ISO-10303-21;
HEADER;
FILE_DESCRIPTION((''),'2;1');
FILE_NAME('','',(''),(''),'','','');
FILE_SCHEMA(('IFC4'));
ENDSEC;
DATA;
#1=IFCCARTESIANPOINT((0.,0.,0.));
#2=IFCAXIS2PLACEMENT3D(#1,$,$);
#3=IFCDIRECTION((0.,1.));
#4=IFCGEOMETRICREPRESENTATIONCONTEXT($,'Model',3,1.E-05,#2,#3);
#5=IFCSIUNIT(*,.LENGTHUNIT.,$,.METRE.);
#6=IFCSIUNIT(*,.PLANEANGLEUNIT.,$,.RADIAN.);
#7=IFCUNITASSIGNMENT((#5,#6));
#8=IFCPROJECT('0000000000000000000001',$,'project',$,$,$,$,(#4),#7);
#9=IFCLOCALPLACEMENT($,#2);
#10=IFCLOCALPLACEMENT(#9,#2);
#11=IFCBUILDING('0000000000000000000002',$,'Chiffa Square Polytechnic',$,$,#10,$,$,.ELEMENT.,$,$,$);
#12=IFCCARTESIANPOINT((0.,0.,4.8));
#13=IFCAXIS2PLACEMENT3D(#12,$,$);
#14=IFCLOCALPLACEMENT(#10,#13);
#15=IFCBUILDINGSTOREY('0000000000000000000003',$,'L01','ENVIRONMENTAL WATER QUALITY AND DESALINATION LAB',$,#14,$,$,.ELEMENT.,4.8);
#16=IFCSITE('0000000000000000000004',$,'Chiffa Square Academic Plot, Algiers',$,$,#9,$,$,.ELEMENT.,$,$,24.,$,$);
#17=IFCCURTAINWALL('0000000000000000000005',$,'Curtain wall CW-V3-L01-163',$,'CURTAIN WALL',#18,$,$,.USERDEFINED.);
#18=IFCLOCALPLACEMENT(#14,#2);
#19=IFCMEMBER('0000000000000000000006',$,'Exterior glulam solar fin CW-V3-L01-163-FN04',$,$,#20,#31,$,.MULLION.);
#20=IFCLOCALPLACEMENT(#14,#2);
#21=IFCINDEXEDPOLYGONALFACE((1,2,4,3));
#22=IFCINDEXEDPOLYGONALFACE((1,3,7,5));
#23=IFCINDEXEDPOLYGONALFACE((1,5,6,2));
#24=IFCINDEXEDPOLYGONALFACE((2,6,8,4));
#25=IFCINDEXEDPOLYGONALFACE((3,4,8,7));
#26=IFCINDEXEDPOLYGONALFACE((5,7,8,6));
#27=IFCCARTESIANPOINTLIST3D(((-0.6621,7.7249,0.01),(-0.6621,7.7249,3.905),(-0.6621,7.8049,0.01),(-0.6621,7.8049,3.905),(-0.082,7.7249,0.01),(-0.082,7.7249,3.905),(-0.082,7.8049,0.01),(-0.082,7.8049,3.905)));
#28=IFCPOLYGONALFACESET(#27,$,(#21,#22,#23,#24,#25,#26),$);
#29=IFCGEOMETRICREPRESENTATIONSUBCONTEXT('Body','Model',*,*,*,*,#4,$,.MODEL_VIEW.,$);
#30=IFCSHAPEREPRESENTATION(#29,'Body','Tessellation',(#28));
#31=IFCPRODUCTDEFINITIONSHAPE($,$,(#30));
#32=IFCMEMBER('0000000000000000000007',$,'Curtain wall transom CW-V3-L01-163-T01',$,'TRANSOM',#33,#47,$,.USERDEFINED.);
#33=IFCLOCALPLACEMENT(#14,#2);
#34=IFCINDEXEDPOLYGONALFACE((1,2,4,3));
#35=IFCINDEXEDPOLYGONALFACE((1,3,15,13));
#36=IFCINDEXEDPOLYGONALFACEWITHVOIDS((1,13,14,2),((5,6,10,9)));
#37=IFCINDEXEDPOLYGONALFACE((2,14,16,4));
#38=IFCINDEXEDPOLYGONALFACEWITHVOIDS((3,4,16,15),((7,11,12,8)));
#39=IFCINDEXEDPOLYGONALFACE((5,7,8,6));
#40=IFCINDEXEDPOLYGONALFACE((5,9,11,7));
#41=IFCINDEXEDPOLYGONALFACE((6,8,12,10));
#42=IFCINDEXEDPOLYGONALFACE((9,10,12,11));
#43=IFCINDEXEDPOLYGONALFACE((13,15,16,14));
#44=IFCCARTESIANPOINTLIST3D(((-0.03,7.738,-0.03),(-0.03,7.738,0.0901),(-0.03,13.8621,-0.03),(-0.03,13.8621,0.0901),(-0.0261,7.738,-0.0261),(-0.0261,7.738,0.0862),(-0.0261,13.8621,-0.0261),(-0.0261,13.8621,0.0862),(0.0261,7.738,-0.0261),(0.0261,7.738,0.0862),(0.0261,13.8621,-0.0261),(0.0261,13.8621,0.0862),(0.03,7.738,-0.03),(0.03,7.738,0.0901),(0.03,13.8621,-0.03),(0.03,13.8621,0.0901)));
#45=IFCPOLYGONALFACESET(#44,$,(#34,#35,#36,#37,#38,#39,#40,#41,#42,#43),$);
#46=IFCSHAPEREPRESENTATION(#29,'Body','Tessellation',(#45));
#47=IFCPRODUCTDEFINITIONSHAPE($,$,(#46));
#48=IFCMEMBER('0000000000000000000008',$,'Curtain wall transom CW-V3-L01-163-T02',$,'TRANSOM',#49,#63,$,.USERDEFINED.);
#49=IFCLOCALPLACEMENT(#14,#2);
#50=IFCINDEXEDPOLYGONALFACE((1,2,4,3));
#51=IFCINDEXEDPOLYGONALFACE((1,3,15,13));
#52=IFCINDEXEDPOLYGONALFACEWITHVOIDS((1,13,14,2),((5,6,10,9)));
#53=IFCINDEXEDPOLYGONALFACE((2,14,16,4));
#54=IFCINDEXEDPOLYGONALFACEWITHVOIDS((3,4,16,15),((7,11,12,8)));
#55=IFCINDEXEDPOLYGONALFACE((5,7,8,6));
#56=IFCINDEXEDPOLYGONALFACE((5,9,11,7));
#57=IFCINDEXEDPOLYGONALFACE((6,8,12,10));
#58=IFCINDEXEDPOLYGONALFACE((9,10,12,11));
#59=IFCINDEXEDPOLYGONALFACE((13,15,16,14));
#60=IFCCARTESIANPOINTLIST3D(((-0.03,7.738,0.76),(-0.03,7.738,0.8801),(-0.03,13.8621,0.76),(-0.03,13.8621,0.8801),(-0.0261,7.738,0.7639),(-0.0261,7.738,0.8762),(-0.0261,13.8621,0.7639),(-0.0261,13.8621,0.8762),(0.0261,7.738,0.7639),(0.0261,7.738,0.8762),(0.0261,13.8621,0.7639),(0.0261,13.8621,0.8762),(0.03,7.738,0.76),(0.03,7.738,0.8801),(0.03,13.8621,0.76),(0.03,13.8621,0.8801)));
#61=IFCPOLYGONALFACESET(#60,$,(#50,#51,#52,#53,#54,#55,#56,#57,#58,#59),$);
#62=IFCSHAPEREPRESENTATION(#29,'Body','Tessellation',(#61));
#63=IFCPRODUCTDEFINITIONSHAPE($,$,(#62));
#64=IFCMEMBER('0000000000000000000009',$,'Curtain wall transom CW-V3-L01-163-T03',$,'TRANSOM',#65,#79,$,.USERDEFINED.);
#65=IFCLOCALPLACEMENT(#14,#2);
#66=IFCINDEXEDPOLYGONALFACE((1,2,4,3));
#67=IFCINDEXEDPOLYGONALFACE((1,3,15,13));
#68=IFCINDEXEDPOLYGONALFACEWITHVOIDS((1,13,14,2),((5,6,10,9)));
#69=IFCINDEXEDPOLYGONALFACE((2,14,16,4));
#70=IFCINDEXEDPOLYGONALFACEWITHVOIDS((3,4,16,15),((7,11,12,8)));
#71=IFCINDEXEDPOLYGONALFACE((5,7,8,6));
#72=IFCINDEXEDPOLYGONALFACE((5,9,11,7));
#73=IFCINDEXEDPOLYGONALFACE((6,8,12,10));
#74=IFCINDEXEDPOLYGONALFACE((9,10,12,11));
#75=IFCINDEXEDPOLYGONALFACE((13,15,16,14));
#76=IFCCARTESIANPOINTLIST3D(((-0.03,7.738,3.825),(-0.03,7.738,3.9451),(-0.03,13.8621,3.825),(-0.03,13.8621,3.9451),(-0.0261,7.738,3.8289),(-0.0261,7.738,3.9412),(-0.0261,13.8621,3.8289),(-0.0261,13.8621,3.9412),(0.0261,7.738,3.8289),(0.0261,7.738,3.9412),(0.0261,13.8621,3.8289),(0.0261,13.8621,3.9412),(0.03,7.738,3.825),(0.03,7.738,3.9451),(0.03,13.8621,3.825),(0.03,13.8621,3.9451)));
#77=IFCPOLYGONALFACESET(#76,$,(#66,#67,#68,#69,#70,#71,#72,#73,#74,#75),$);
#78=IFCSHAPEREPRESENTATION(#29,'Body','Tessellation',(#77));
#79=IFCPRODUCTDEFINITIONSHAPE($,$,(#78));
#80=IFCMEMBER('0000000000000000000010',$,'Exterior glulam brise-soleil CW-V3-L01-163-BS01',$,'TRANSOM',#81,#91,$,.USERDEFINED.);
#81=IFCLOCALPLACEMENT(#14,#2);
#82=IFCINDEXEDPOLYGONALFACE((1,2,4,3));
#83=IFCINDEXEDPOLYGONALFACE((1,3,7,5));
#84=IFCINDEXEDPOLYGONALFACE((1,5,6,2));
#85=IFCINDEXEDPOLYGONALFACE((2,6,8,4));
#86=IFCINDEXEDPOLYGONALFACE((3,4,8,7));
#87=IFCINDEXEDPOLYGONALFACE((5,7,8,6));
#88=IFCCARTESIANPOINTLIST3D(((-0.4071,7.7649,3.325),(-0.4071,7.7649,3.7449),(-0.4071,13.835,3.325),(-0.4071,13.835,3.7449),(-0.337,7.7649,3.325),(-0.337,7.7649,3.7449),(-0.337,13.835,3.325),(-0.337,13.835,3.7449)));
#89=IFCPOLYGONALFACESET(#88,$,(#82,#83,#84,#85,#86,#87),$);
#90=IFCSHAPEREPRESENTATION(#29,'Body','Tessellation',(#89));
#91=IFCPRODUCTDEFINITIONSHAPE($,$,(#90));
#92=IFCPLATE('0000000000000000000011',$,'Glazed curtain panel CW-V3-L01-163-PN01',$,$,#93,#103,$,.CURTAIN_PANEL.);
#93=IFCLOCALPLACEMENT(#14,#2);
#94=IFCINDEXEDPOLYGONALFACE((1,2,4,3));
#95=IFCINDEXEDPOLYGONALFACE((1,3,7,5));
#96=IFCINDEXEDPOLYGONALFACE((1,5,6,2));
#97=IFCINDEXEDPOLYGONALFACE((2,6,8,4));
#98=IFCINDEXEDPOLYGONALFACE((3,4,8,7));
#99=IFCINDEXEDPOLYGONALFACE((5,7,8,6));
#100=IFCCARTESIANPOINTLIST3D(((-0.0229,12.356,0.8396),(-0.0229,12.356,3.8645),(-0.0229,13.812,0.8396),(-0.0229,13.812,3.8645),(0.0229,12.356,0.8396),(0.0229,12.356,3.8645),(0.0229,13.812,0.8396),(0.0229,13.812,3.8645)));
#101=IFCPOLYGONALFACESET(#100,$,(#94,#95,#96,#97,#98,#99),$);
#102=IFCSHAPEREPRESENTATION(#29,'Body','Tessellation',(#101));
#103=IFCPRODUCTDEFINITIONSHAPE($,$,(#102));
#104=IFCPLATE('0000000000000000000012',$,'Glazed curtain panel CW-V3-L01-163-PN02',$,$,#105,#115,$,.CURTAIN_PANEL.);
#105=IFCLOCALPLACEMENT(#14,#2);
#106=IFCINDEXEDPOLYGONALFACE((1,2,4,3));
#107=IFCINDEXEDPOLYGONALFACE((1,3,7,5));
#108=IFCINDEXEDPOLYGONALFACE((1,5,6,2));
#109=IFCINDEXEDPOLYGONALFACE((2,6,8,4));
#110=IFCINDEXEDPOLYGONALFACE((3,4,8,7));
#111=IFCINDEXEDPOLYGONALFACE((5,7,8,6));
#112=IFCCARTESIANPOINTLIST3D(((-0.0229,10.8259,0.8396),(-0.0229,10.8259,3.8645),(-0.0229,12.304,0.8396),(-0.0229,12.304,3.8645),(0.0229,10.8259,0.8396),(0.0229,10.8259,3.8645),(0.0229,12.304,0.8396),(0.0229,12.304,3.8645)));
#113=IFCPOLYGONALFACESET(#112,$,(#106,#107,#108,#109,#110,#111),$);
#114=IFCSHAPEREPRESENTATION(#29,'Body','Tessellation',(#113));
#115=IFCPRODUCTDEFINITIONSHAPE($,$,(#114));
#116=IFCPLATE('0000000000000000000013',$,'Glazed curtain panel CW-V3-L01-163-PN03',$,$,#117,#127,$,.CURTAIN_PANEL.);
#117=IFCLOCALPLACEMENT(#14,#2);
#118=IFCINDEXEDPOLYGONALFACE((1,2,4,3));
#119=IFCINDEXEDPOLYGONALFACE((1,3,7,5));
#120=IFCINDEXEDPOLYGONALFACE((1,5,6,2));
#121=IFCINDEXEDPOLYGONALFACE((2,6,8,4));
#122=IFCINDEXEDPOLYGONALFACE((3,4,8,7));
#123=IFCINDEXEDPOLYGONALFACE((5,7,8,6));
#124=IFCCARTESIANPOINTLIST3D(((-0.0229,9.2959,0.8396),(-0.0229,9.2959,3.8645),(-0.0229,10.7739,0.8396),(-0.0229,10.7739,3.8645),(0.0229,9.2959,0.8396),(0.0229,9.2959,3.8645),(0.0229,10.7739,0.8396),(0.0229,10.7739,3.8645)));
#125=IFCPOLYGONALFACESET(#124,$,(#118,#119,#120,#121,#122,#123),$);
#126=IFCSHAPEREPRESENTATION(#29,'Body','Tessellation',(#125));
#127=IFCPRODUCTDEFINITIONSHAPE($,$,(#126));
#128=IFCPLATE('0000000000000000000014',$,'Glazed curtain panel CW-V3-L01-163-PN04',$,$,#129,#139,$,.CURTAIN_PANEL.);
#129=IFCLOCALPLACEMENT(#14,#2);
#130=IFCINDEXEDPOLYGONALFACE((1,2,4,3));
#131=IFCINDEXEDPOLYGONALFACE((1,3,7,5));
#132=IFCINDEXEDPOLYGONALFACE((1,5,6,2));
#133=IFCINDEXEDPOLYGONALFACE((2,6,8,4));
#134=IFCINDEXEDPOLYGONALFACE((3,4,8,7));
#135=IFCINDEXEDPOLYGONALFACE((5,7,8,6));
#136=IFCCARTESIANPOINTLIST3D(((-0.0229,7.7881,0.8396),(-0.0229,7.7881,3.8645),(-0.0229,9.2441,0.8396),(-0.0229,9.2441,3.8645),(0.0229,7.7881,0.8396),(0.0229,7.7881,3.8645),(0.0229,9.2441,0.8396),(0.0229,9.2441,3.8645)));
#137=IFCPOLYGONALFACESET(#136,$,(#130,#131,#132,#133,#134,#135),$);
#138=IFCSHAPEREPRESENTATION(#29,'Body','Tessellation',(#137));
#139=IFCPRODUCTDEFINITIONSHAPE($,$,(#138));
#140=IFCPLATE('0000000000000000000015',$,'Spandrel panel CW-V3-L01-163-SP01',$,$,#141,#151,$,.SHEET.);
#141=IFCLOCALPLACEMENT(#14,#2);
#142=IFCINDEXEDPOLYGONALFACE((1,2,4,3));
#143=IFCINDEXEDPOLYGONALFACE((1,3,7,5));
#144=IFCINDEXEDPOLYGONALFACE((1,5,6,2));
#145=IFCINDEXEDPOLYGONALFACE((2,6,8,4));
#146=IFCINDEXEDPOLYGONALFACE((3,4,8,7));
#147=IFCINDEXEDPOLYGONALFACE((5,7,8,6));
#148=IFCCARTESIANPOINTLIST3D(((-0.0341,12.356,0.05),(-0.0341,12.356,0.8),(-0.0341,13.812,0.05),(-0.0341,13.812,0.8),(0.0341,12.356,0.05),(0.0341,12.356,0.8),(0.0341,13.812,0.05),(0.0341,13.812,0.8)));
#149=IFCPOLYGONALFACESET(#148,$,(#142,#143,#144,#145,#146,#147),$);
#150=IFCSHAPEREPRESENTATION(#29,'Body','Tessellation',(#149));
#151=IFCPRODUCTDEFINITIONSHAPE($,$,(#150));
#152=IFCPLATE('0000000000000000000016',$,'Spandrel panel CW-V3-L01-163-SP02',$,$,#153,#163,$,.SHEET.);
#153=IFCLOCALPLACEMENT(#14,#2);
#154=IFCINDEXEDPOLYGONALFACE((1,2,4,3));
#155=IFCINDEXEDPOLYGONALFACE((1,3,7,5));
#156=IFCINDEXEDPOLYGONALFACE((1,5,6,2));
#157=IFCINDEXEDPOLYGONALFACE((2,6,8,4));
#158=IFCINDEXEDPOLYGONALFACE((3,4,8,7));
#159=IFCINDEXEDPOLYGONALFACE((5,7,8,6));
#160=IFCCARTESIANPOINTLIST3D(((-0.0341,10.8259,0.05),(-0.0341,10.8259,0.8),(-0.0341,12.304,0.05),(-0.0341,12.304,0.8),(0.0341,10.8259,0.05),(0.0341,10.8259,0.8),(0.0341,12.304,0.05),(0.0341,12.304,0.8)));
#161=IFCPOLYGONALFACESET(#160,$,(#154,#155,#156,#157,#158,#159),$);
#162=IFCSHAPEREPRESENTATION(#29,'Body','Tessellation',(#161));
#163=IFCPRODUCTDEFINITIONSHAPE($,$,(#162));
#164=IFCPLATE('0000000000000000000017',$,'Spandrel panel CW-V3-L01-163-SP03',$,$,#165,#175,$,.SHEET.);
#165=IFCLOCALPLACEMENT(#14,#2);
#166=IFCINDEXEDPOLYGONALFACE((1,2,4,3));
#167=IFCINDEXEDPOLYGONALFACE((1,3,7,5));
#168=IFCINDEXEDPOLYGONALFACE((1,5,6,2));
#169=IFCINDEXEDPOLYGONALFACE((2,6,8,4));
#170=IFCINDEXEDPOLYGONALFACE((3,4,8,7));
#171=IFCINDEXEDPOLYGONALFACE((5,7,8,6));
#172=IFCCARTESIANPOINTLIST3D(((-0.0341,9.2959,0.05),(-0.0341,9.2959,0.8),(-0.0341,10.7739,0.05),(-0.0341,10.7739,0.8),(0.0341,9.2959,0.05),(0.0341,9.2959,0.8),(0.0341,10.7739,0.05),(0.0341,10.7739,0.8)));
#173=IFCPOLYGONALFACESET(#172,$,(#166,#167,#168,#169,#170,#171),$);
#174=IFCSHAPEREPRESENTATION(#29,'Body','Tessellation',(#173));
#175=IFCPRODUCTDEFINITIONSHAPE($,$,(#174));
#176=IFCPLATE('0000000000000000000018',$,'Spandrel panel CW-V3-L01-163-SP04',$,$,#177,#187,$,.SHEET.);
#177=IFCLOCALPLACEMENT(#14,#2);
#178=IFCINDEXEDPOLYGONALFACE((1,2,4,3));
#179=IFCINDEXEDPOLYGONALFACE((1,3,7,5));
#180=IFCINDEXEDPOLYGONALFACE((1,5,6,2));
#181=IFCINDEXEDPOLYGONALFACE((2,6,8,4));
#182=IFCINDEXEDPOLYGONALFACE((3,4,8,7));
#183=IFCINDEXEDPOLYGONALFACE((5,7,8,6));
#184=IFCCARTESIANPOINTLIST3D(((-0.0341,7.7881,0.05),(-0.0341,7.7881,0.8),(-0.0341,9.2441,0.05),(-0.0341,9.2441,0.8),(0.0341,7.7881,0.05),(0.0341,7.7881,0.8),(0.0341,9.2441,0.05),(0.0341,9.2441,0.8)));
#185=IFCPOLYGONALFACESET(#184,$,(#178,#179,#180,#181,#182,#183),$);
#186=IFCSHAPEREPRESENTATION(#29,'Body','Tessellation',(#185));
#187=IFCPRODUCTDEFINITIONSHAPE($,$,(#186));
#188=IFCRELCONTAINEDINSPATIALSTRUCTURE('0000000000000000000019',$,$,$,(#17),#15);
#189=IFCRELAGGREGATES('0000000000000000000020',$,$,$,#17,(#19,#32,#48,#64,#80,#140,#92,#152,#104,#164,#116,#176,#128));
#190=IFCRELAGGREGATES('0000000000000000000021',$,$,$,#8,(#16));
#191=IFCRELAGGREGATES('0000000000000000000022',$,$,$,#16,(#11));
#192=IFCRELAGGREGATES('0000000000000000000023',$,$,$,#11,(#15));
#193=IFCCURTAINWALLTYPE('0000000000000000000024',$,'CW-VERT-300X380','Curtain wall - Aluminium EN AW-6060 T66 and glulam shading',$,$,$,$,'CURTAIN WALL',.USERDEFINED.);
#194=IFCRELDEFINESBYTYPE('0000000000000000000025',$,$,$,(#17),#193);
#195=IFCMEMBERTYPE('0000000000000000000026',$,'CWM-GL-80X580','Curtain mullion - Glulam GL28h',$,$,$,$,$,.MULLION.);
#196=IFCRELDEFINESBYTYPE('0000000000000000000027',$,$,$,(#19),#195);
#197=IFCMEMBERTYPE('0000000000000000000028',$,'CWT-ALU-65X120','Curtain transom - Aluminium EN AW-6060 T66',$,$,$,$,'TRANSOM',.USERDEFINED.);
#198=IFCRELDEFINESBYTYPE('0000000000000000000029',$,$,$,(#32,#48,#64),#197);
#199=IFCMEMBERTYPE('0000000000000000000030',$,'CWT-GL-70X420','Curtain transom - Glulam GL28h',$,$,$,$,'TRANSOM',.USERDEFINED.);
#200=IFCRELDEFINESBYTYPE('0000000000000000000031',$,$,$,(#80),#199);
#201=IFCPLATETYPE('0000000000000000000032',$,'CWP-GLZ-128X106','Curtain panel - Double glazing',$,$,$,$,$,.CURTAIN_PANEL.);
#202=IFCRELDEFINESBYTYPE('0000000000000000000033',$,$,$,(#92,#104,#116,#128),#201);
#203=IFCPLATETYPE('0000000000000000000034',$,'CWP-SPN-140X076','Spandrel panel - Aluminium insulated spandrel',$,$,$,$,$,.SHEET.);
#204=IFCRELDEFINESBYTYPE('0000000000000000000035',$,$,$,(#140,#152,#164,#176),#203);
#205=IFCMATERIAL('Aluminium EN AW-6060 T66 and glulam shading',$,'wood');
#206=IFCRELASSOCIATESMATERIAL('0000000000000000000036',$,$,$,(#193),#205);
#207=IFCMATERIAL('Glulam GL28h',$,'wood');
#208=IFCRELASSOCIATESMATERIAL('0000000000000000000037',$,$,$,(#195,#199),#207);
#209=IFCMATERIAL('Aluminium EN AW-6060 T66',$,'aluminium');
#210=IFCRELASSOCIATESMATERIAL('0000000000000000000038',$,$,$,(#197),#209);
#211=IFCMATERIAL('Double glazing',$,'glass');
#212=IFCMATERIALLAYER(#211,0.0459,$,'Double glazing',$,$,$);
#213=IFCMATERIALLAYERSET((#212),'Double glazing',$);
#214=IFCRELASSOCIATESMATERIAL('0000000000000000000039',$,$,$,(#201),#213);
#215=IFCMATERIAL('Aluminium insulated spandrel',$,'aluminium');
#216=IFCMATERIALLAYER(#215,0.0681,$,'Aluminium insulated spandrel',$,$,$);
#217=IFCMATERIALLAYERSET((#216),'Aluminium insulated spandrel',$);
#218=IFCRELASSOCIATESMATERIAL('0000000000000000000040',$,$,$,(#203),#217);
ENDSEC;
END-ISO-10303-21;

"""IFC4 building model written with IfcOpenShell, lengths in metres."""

from ifc_helpers import new_model, si_unit, direction, frame, origin, origin_2d, place, context, subcontext, project, spatial, rectangle, hollow_rectangle, extrude, material, layer, layer_set, material_profile, profile_set, type_object, element, aggregate, save


model = new_model("IFC4")

# Units and contexts
model_context = context("Model", 3, precision=1e-05, world=origin(), true_north=direction((0.0, 1.0)))
body_context = subcontext(model_context, "Body", "Model", "MODEL_VIEW")
ifc_project = project(units=[si_unit("LENGTHUNIT", "METRE"), si_unit("PLANEANGLEUNIT", "RADIAN")], contexts=[model_context])

# Site, building, storey
site_placement = place(None, origin())
site = spatial("IfcSite", under=ifc_project, at=site_placement, Name="Chiffa Square Academic Plot, Algiers", CompositionType="ELEMENT", RefElevation=24.0)
building_placement = place(site_placement, origin())
building = spatial("IfcBuilding", under=site, at=building_placement, Name="Chiffa Square Polytechnic", CompositionType="ELEMENT")
storey_placement = place(building_placement, frame((0.0, 0.0, 4.8)))
storey = spatial("IfcBuildingStorey", under=building, at=storey_placement, Name="L01", Description="ENVIRONMENTAL WATER QUALITY AND DESALINATION LAB", CompositionType="ELEMENT", Elevation=4.8)

# Curtain wall, members, plates
ifc_material_1 = material(Name="Aluminium EN AW-6060 T66 and glulam shading", Category="wood")
curtain_wall_type = type_object("IfcCurtainWallType", Name="CW-VERT-300X380", Description="Curtain wall - Aluminium EN AW-6060 T66 and glulam shading", ElementType="CURTAIN WALL", PredefinedType="USERDEFINED", material=ifc_material_1)
curtain_wall_placement = place(storey_placement, origin())
curtain_wall = element("IfcCurtainWall", 1, at=curtain_wall_placement, inside=storey, type_object=curtain_wall_type, Name="Curtain wall CW-V3-L01-163", ObjectType="CURTAIN WALL", PredefinedType="USERDEFINED")
ifc_material_2 = material(Name="Aluminium EN AW-6060 T66", Category="aluminium")
ifc_material_3 = material(Name="Glulam GL28h", Category="wood")
ifc_material_profile_1 = material_profile(ifc_material_3, rectangle(XDim=0.0801, YDim=0.5801, at=origin_2d()), Name="GL28h 80x580")
ifc_profile_set_1 = profile_set([ifc_material_profile_1], Name="Glulam GL28h")
member_type_1 = type_object("IfcMemberType", Name="CWM-GL-80X580", Description="Curtain mullion - Glulam GL28h", PredefinedType="MULLION", material=ifc_profile_set_1)
member_1_placement = place(storey_placement, frame((-0.3721, 7.7649, 0.01), z_axis=(0.0, 0.0, 1.0), x_axis=(0.0, -1.0, 0.0)))
member_1 = element("IfcMember", 2, at=member_1_placement, type_object=member_type_1, Name="Exterior glulam solar fin CW-V3-L01-163-FN04", PredefinedType="MULLION", context=body_context, shape_type="SweptSolid", body=[
    extrude(rectangle(XDim=0.0801, YDim=0.5801, at=origin_2d()), origin(), (0.0, 0.0, 1.0), 3.895),
])
ifc_material_profile_2 = material_profile(ifc_material_2, hollow_rectangle(XDim=0.0601, YDim=0.1201, WallThickness=0.0039, at=origin_2d()), Name="ALU 60x120x4")
ifc_profile_set_2 = profile_set([ifc_material_profile_2], Name="Aluminium EN AW-6060 T66")
member_type_2 = type_object("IfcMemberType", Name="CWT-ALU-65X120", Description="Curtain transom - Aluminium EN AW-6060 T66", ElementType="TRANSOM", PredefinedType="USERDEFINED", material=ifc_profile_set_2)
member_2_placement = place(storey_placement, frame((0.0, 13.8621, 0.03), z_axis=(0.0, -1.0, 0.0), x_axis=(1.0, 0.0, 0.0)))
member_2 = element("IfcMember", 3, at=member_2_placement, type_object=member_type_2, Name="Curtain wall transom CW-V3-L01-163-T01", ObjectType="TRANSOM", PredefinedType="USERDEFINED", context=body_context, shape_type="SweptSolid", body=[
    extrude(hollow_rectangle(XDim=0.0601, YDim=0.1201, WallThickness=0.0039, at=origin_2d()), origin(), (0.0, 0.0, 1.0), 6.124),
])
member_3_placement = place(storey_placement, frame((0.0, 13.8621, 0.8201), z_axis=(0.0, -1.0, 0.0), x_axis=(1.0, 0.0, 0.0)))
member_3 = element("IfcMember", 4, at=member_3_placement, type_object=member_type_2, Name="Curtain wall transom CW-V3-L01-163-T02", ObjectType="TRANSOM", PredefinedType="USERDEFINED", context=body_context, shape_type="SweptSolid", body=[
    extrude(hollow_rectangle(XDim=0.0601, YDim=0.1201, WallThickness=0.0039, at=origin_2d()), origin(), (0.0, 0.0, 1.0), 6.124),
])
member_4_placement = place(storey_placement, frame((0.0, 13.8621, 3.885), z_axis=(0.0, -1.0, 0.0), x_axis=(1.0, 0.0, 0.0)))
member_4 = element("IfcMember", 5, at=member_4_placement, type_object=member_type_2, Name="Curtain wall transom CW-V3-L01-163-T03", ObjectType="TRANSOM", PredefinedType="USERDEFINED", context=body_context, shape_type="SweptSolid", body=[
    extrude(hollow_rectangle(XDim=0.0601, YDim=0.1201, WallThickness=0.0039, at=origin_2d()), origin(), (0.0, 0.0, 1.0), 6.124),
])
ifc_material_profile_3 = material_profile(ifc_material_3, rectangle(XDim=0.0701, YDim=0.4199, at=origin_2d()), Name="GL28h 70x420")
ifc_profile_set_3 = profile_set([ifc_material_profile_3], Name="Glulam GL28h")
member_type_3 = type_object("IfcMemberType", Name="CWT-GL-70X420", Description="Curtain transom - Glulam GL28h", ElementType="TRANSOM", PredefinedType="USERDEFINED", material=ifc_profile_set_3)
member_5_placement = place(storey_placement, frame((-0.3721, 13.835, 3.5349), z_axis=(0.0, -1.0, 0.0), x_axis=(1.0, 0.0, 0.0)))
member_5 = element("IfcMember", 6, at=member_5_placement, type_object=member_type_3, Name="Exterior glulam brise-soleil CW-V3-L01-163-BS01", ObjectType="TRANSOM", PredefinedType="USERDEFINED", context=body_context, shape_type="SweptSolid", body=[
    extrude(rectangle(XDim=0.0701, YDim=0.4199, at=origin_2d()), origin(), (0.0, 0.0, 1.0), 6.0701),
])
ifc_material_4 = material(Name="Double glazing", Category="glass")
ifc_layer_1 = layer(ifc_material_4, 0.0459, Name="Double glazing")
ifc_layer_set_1 = layer_set([ifc_layer_1], Name="Double glazing")
plate_type_1 = type_object("IfcPlateType", Name="CWP-GLZ-128X106", Description="Curtain panel - Double glazing", PredefinedType="CURTAIN_PANEL", material=ifc_layer_set_1)
plate_1_placement = place(storey_placement, frame((0.0, 13.084, 0.8396), z_axis=(0.0, 0.0, 1.0), x_axis=(0.0, -1.0, 0.0)))
plate_1 = element("IfcPlate", 7, at=plate_1_placement, type_object=plate_type_1, Name="Glazed curtain panel CW-V3-L01-163-PN01", PredefinedType="CURTAIN_PANEL", context=body_context, shape_type="SweptSolid", body=[
    extrude(rectangle(XDim=1.4561, YDim=0.0459, at=origin_2d()), origin(), (0.0, 0.0, 1.0), 3.0249),
])
plate_2_placement = place(storey_placement, frame((0.0, 11.5649, 0.8396), z_axis=(0.0, 0.0, 1.0), x_axis=(0.0, -1.0, 0.0)))
plate_2 = element("IfcPlate", 8, at=plate_2_placement, type_object=plate_type_1, Name="Glazed curtain panel CW-V3-L01-163-PN02", PredefinedType="CURTAIN_PANEL", context=body_context, shape_type="SweptSolid", body=[
    extrude(rectangle(XDim=1.478, YDim=0.0459, at=origin_2d()), origin(), (0.0, 0.0, 1.0), 3.0249),
])
plate_3_placement = place(storey_placement, frame((0.0, 10.0349, 0.8396), z_axis=(0.0, 0.0, 1.0), x_axis=(0.0, -1.0, 0.0)))
plate_3 = element("IfcPlate", 9, at=plate_3_placement, type_object=plate_type_1, Name="Glazed curtain panel CW-V3-L01-163-PN03", PredefinedType="CURTAIN_PANEL", context=body_context, shape_type="SweptSolid", body=[
    extrude(rectangle(XDim=1.478, YDim=0.0459, at=origin_2d()), origin(), (0.0, 0.0, 1.0), 3.0249),
])
plate_4_placement = place(storey_placement, frame((0.0, 8.5161, 0.8396), z_axis=(0.0, 0.0, 1.0), x_axis=(0.0, -1.0, 0.0)))
plate_4 = element("IfcPlate", 10, at=plate_4_placement, type_object=plate_type_1, Name="Glazed curtain panel CW-V3-L01-163-PN04", PredefinedType="CURTAIN_PANEL", context=body_context, shape_type="SweptSolid", body=[
    extrude(rectangle(XDim=1.4561, YDim=0.0459, at=origin_2d()), origin(), (0.0, 0.0, 1.0), 3.0249),
])
ifc_material_5 = material(Name="Aluminium insulated spandrel", Category="aluminium")
ifc_layer_2 = layer(ifc_material_5, 0.0681, Name="Aluminium insulated spandrel")
ifc_layer_set_2 = layer_set([ifc_layer_2], Name="Aluminium insulated spandrel")
plate_type_2 = type_object("IfcPlateType", Name="CWP-SPN-140X076", Description="Spandrel panel - Aluminium insulated spandrel", PredefinedType="SHEET", material=ifc_layer_set_2)
plate_5_placement = place(storey_placement, frame((0.0, 13.084, 0.05), z_axis=(0.0, 0.0, 1.0), x_axis=(0.0, -1.0, 0.0)))
plate_5 = element("IfcPlate", 11, at=plate_5_placement, type_object=plate_type_2, Name="Spandrel panel CW-V3-L01-163-SP01", PredefinedType="SHEET", context=body_context, shape_type="SweptSolid", body=[
    extrude(rectangle(XDim=1.4561, YDim=0.0681, at=origin_2d()), origin(), (0.0, 0.0, 1.0), 0.75),
])
plate_6_placement = place(storey_placement, frame((0.0, 11.5649, 0.05), z_axis=(0.0, 0.0, 1.0), x_axis=(0.0, -1.0, 0.0)))
plate_6 = element("IfcPlate", 12, at=plate_6_placement, type_object=plate_type_2, Name="Spandrel panel CW-V3-L01-163-SP02", PredefinedType="SHEET", context=body_context, shape_type="SweptSolid", body=[
    extrude(rectangle(XDim=1.478, YDim=0.0681, at=origin_2d()), origin(), (0.0, 0.0, 1.0), 0.75),
])
plate_7_placement = place(storey_placement, frame((0.0, 10.0349, 0.05), z_axis=(0.0, 0.0, 1.0), x_axis=(0.0, -1.0, 0.0)))
plate_7 = element("IfcPlate", 13, at=plate_7_placement, type_object=plate_type_2, Name="Spandrel panel CW-V3-L01-163-SP03", PredefinedType="SHEET", context=body_context, shape_type="SweptSolid", body=[
    extrude(rectangle(XDim=1.478, YDim=0.0681, at=origin_2d()), origin(), (0.0, 0.0, 1.0), 0.75),
])
plate_8_placement = place(storey_placement, frame((0.0, 8.5161, 0.05), z_axis=(0.0, 0.0, 1.0), x_axis=(0.0, -1.0, 0.0)))
plate_8 = element("IfcPlate", 14, at=plate_8_placement, type_object=plate_type_2, Name="Spandrel panel CW-V3-L01-163-SP04", PredefinedType="SHEET", context=body_context, shape_type="SweptSolid", body=[
    extrude(rectangle(XDim=1.4561, YDim=0.0681, at=origin_2d()), origin(), (0.0, 0.0, 1.0), 0.75),
])
aggregate(curtain_wall, [member_1, member_2, member_3, member_4, member_5, plate_5, plate_1, plate_6, plate_2, plate_7, plate_3, plate_8, plate_4])

save(model, "model.ifc")
